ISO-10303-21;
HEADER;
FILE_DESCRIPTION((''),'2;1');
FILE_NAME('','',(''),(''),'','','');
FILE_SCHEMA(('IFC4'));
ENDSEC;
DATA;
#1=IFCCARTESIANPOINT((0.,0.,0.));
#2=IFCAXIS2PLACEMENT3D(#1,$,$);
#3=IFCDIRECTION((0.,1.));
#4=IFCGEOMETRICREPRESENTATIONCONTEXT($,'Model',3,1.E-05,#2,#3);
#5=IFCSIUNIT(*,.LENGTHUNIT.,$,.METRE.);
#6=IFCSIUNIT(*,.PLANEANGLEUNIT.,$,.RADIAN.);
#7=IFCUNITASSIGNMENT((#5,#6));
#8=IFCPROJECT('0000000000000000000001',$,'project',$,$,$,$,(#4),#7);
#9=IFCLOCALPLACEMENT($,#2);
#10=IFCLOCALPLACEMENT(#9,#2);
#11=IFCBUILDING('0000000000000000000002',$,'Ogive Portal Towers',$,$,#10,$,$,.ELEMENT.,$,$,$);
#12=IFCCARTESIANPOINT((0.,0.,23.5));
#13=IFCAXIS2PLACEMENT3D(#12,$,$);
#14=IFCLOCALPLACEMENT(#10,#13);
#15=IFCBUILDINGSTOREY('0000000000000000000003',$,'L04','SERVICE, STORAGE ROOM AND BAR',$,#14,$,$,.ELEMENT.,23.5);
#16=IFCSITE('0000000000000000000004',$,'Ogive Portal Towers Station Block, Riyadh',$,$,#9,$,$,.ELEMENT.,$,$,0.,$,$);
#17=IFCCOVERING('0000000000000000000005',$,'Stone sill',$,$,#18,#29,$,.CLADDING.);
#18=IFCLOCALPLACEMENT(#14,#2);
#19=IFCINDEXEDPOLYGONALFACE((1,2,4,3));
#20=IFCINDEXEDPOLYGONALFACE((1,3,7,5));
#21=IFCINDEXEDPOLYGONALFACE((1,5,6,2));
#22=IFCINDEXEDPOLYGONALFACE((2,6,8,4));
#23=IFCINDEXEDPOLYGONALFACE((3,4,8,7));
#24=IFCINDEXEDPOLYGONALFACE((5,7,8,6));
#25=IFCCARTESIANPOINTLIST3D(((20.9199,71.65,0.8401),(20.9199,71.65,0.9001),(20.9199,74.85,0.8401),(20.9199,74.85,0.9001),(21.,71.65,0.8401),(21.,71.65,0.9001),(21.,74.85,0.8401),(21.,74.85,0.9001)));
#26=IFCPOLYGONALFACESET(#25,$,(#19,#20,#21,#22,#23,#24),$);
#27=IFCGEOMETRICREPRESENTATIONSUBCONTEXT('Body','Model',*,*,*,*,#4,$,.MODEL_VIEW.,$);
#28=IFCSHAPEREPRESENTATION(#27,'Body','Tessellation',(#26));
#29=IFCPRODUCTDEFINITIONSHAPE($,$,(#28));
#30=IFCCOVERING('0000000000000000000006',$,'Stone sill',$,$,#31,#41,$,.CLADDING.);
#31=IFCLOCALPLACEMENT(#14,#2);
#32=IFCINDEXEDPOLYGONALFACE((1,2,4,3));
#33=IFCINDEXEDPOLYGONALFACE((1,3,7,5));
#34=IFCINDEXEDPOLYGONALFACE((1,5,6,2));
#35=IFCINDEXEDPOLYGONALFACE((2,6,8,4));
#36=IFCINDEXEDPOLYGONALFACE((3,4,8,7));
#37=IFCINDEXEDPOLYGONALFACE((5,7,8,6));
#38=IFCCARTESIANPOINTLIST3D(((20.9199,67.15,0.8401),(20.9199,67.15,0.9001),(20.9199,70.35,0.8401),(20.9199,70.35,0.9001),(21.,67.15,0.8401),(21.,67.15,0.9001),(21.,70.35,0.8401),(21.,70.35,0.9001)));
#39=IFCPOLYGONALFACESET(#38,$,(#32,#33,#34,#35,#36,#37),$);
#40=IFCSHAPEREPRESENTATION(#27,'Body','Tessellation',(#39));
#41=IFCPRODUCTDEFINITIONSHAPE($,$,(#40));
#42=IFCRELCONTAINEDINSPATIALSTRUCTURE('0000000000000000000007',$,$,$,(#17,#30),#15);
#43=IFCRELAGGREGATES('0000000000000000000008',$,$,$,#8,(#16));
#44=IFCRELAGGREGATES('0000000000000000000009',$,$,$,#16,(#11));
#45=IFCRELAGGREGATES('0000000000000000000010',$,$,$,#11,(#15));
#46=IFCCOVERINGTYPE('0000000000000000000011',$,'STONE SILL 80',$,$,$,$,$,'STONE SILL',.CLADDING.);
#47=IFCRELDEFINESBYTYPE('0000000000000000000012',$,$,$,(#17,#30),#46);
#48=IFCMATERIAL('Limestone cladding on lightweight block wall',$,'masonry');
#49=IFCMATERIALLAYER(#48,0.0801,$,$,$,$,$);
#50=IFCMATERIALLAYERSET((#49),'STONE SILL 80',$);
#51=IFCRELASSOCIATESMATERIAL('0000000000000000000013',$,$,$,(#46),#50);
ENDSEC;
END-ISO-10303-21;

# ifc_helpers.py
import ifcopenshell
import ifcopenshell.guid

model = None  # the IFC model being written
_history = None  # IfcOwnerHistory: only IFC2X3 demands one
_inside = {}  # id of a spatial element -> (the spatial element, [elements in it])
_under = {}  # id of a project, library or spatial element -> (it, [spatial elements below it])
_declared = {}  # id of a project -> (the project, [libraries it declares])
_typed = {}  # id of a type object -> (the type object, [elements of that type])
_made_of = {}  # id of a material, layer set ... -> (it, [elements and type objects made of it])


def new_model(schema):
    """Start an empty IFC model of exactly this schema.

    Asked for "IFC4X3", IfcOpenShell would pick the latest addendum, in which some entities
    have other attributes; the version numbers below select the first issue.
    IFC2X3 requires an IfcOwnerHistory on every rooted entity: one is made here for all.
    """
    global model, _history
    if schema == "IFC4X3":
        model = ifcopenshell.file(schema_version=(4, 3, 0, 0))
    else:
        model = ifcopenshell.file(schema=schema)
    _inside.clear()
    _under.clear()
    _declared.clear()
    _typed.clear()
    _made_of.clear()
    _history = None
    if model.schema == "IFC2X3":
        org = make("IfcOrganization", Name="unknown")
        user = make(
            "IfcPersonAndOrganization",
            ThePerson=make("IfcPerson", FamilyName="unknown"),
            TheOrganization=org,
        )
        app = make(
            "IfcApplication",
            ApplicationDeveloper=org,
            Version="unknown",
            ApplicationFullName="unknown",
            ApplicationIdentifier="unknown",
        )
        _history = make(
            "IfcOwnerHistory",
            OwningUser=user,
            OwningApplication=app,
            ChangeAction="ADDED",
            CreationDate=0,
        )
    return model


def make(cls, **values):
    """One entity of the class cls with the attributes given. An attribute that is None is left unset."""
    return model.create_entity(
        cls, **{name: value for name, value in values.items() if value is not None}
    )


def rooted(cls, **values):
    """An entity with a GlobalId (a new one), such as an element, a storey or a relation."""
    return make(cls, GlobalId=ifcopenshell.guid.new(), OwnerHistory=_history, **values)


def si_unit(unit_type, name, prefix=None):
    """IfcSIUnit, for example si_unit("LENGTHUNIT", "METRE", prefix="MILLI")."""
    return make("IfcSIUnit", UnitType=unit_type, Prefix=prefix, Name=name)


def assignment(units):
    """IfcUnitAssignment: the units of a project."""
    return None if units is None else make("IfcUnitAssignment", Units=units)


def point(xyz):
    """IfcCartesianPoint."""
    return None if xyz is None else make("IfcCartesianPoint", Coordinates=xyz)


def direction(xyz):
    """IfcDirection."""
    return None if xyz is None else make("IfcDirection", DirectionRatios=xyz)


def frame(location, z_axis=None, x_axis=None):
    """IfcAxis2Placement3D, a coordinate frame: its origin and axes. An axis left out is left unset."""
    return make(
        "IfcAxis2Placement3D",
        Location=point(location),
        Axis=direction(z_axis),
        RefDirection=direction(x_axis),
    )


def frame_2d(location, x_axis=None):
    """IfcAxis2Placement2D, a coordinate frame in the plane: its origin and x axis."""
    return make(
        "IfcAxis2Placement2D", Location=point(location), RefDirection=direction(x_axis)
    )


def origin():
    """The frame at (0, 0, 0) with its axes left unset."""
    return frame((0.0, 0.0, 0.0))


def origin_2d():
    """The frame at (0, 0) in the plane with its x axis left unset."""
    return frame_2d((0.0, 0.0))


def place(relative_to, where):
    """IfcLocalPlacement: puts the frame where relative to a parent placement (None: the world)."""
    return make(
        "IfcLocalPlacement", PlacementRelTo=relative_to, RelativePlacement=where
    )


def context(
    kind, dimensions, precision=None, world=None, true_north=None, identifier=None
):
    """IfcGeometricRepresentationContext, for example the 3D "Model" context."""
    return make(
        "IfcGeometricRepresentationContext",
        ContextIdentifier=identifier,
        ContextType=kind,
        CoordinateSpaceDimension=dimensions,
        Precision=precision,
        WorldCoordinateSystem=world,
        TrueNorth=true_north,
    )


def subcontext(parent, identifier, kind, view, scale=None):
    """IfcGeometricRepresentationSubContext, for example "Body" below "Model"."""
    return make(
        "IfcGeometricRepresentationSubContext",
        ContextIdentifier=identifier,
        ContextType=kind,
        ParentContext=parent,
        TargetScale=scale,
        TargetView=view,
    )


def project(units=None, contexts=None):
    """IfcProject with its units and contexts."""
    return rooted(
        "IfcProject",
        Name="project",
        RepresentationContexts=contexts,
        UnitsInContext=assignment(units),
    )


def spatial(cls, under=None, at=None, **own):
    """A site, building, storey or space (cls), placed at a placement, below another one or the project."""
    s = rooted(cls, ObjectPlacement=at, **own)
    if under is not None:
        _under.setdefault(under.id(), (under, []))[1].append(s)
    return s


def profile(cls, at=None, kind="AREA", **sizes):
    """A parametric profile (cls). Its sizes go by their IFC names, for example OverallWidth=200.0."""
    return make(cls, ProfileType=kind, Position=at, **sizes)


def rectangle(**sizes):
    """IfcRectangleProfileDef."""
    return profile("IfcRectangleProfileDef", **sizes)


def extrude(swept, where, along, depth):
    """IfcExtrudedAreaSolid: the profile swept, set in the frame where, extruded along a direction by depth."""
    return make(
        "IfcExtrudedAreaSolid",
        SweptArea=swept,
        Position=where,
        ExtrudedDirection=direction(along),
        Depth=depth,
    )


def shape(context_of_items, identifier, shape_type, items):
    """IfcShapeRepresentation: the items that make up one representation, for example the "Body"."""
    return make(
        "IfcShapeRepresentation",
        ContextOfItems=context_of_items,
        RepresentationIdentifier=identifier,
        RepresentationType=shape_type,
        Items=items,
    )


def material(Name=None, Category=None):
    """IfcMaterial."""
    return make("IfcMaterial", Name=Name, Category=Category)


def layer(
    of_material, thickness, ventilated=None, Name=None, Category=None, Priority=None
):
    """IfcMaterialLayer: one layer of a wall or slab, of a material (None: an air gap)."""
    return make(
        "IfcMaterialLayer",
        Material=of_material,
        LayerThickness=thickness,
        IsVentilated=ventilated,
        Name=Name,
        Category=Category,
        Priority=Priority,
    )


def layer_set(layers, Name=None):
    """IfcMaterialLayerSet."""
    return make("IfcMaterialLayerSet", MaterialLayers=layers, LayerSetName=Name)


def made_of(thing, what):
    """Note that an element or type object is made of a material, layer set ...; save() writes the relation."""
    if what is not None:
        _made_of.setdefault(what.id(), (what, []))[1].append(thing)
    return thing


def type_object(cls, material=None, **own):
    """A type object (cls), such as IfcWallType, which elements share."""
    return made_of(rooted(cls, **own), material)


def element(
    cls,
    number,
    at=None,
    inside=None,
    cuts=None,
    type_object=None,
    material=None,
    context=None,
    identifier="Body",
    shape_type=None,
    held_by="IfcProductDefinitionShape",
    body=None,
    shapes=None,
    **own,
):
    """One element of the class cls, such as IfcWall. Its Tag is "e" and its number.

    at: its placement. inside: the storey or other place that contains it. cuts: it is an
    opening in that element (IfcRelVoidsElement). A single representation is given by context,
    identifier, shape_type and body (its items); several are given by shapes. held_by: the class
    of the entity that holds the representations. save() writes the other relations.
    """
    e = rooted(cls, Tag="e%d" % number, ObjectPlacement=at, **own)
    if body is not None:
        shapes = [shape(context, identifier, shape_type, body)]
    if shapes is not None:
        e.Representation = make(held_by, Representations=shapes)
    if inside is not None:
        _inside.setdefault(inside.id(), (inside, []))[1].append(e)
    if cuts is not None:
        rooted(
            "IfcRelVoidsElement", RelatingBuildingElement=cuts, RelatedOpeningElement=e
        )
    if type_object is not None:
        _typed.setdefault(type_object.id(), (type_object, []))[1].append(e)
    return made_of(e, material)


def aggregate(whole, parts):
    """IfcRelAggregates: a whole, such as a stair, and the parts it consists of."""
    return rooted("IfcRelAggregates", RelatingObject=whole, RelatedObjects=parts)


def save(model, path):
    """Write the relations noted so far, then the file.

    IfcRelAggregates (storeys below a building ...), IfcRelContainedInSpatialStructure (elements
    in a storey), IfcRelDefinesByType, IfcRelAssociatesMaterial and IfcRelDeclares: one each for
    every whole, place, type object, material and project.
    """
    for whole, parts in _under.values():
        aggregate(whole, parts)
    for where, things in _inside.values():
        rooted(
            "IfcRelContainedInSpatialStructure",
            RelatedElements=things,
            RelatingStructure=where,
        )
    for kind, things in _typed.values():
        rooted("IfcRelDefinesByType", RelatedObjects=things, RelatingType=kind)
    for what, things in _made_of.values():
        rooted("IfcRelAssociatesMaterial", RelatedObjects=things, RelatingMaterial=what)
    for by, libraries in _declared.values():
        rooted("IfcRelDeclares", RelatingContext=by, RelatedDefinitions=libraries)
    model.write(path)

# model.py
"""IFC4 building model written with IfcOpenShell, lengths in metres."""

from ifc_helpers import new_model, si_unit, direction, frame, origin, origin_2d, place, context, subcontext, project, spatial, rectangle, extrude, material, layer, layer_set, type_object, element, save


model = new_model("IFC4")

# Units and contexts
model_context = context("Model", 3, precision=1e-05, world=origin(), true_north=direction((0.0, 1.0)))
body_context = subcontext(model_context, "Body", "Model", "MODEL_VIEW")
ifc_project = project(units=[si_unit("LENGTHUNIT", "METRE"), si_unit("PLANEANGLEUNIT", "RADIAN")], contexts=[model_context])

# Site, building, storey
site_placement = place(None, origin())
site = spatial("IfcSite", under=ifc_project, at=site_placement, Name="Ogive Portal Towers Station Block, Riyadh", CompositionType="ELEMENT", RefElevation=0.0)
building_placement = place(site_placement, origin())
building = spatial("IfcBuilding", under=site, at=building_placement, Name="Ogive Portal Towers", CompositionType="ELEMENT")
storey_placement = place(building_placement, frame((0.0, 0.0, 23.5)))
storey = spatial("IfcBuildingStorey", under=building, at=storey_placement, Name="L04", Description="SERVICE, STORAGE ROOM AND BAR", CompositionType="ELEMENT", Elevation=23.5)

# Shared definitions
ifc_material_1 = material(Name="Limestone cladding on lightweight block wall", Category="masonry")

# Coverings
ifc_layer_1 = layer(ifc_material_1, 0.0801)
ifc_layer_set_1 = layer_set([ifc_layer_1], Name="STONE SILL 80")
covering_type = type_object("IfcCoveringType", Name="STONE SILL 80", ElementType="STONE SILL", PredefinedType="CLADDING", material=ifc_layer_set_1)
for number, where, z_axis, x_axis, name in (
    (1, (20.96, 73.25, 0.8401), (0.0, 0.0, 1.0), (0.0, -1.0, 0.0), "Stone sill"),
    (2, (20.96, 68.75, 0.8401), (0.0, 0.0, 1.0), (0.0, -1.0, 0.0), "Stone sill"),
):
    element("IfcCovering", number, at=place(storey_placement, frame(where, z_axis=z_axis, x_axis=x_axis)), inside=storey, type_object=covering_type, Name=name, PredefinedType="CLADDING", context=body_context, shape_type="SweptSolid", body=[
        extrude(rectangle(XDim=3.2, YDim=0.0801, at=origin_2d()), origin(), (0.0, 0.0, 1.0), 0.0601),
    ])

save(model, "model.ifc")
